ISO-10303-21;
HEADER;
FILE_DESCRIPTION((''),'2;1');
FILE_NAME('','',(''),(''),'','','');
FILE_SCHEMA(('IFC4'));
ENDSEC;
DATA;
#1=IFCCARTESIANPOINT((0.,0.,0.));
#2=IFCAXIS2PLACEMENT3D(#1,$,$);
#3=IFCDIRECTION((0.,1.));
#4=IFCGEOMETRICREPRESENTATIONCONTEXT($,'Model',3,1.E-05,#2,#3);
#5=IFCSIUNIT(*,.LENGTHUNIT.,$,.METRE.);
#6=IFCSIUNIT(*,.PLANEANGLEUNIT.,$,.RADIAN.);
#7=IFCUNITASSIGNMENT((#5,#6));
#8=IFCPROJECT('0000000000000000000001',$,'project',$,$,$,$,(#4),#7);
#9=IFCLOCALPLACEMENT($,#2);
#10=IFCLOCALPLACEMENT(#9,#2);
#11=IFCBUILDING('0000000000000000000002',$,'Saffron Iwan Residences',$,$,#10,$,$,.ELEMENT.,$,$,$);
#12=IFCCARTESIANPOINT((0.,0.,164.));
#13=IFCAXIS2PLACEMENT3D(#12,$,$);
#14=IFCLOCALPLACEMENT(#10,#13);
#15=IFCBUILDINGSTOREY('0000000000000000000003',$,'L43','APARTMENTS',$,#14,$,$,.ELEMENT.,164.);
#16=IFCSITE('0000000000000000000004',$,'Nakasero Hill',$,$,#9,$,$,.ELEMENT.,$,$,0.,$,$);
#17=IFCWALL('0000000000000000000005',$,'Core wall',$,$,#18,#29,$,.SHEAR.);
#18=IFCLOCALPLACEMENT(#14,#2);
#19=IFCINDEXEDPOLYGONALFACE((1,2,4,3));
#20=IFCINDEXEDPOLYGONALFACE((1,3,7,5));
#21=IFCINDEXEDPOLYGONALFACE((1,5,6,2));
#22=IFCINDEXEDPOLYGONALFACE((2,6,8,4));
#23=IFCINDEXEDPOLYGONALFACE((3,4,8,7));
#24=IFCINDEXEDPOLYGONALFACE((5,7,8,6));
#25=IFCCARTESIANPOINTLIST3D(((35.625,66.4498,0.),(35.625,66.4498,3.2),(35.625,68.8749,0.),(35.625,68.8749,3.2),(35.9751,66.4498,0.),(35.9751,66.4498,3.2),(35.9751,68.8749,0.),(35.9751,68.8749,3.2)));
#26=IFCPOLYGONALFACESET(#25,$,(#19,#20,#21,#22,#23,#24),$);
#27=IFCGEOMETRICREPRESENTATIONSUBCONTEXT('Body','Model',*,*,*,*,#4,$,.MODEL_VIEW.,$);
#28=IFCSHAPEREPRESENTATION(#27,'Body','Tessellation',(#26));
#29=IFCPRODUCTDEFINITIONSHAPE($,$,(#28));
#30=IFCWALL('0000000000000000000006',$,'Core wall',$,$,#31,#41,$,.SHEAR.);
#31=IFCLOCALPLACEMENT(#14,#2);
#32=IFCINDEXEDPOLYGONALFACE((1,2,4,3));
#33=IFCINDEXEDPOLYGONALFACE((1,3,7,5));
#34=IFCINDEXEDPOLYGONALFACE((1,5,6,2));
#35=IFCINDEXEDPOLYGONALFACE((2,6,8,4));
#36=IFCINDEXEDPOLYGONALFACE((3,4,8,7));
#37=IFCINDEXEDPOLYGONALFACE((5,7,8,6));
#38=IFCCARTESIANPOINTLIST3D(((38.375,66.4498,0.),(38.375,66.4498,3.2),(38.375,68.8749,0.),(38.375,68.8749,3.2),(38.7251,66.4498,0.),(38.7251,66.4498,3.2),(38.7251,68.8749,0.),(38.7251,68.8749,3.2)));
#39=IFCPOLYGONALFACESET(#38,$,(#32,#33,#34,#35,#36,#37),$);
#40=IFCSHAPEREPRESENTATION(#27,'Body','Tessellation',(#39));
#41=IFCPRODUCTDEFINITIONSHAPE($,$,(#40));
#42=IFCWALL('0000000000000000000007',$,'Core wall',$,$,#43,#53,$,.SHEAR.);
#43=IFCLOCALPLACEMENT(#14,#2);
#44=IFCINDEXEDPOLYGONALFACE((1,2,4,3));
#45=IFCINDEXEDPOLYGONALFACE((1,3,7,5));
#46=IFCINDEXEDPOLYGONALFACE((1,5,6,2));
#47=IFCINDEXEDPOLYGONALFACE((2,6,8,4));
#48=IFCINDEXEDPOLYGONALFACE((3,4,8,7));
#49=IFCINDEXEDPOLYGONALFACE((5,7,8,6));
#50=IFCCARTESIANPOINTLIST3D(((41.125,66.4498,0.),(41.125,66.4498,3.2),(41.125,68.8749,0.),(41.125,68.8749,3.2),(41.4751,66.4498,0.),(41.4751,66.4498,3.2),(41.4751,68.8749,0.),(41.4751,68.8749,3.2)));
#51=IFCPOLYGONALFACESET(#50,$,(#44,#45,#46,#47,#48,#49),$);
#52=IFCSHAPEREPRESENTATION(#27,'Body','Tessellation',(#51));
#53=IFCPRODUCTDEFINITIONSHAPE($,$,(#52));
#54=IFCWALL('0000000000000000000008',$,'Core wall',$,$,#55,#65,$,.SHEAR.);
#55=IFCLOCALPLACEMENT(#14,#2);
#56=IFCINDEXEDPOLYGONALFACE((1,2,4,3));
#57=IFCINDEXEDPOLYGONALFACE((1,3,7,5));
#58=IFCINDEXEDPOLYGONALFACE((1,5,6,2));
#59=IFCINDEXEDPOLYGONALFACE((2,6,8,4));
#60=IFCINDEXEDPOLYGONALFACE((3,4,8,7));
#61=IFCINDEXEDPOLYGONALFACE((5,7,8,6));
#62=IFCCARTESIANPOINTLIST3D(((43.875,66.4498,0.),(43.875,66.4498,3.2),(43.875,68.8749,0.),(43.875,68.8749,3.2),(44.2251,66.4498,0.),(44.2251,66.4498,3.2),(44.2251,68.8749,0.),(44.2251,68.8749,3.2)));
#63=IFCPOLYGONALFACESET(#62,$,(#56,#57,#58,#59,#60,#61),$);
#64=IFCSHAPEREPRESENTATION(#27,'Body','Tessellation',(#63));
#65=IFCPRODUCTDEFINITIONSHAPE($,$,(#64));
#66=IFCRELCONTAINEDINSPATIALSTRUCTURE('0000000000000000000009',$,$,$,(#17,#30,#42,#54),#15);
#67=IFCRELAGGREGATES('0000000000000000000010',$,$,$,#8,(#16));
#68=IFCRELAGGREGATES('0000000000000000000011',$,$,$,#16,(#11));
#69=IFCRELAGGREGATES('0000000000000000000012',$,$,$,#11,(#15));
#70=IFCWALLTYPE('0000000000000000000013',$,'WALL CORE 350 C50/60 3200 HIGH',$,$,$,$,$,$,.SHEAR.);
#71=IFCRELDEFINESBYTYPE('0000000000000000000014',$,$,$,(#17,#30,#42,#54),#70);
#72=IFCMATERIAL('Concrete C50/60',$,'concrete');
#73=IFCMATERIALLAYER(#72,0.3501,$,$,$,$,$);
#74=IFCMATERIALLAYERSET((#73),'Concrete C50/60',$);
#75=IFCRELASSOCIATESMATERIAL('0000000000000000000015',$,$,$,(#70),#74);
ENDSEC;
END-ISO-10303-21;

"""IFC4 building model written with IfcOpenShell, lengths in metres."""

from ifc_helpers import new_model, si_unit, direction, frame, frame_2d, origin, place, context, subcontext, project, spatial, rectangle, extrude, material, layer, layer_set, type_object, element, save


model = new_model("IFC4")

# Units and contexts
model_context = context("Model", 3, precision=1e-05, world=origin(), true_north=direction((0.0, 1.0)))
body_context = subcontext(model_context, "Body", "Model", "MODEL_VIEW")
ifc_project = project(units=[si_unit("LENGTHUNIT", "METRE"), si_unit("PLANEANGLEUNIT", "RADIAN")], contexts=[model_context])

# Site, building, storey
site_placement = place(None, origin())
site = spatial("IfcSite", under=ifc_project, at=site_placement, Name="Nakasero Hill", CompositionType="ELEMENT", RefElevation=0.0)
building_placement = place(site_placement, origin())
building = spatial("IfcBuilding", under=site, at=building_placement, Name="Saffron Iwan Residences", CompositionType="ELEMENT")
storey_placement = place(building_placement, frame((0.0, 0.0, 164.0)))
storey = spatial("IfcBuildingStorey", under=building, at=storey_placement, Name="L43", Description="APARTMENTS", CompositionType="ELEMENT", Elevation=164.0)

# Shared definitions
ifc_material_1 = material(Name="Concrete C50/60", Category="concrete")

# Shared definitions
ifc_layer_1 = layer(ifc_material_1, 0.3501)
ifc_layer_set_1 = layer_set([ifc_layer_1], Name="Concrete C50/60")
wall_type_1 = type_object("IfcWallType", Name="WALL CORE 350 C50/60 3200 HIGH", PredefinedType="SHEAR", material=ifc_layer_set_1)

# Walls
for number, where, z_axis, x_axis, name in (
    (1, (35.8, 66.45, 0.0), (0.0, 0.0, 1.0), (0.0, 1.0, 0.0), "Core wall"),
    (2, (38.55, 66.45, 0.0), (0.0, 0.0, 1.0), (0.0, 1.0, 0.0), "Core wall"),
    (3, (41.3, 66.45, 0.0), (0.0, 0.0, 1.0), (0.0, 1.0, 0.0), "Core wall"),
    (4, (44.05, 66.45, 0.0), (0.0, 0.0, 1.0), (0.0, 1.0, 0.0), "Core wall"),
):
    element("IfcWall", number, at=place(storey_placement, frame(where, z_axis=z_axis, x_axis=x_axis)), inside=storey, type_object=wall_type_1, Name=name, PredefinedType="SHEAR", context=body_context, shape_type="SweptSolid", body=[
        extrude(rectangle(XDim=2.425, YDim=0.3501, at=frame_2d((1.2124, 0.0))), origin(), (0.0, 0.0, 1.0), 3.2),
    ])

save(model, "model.ifc")
